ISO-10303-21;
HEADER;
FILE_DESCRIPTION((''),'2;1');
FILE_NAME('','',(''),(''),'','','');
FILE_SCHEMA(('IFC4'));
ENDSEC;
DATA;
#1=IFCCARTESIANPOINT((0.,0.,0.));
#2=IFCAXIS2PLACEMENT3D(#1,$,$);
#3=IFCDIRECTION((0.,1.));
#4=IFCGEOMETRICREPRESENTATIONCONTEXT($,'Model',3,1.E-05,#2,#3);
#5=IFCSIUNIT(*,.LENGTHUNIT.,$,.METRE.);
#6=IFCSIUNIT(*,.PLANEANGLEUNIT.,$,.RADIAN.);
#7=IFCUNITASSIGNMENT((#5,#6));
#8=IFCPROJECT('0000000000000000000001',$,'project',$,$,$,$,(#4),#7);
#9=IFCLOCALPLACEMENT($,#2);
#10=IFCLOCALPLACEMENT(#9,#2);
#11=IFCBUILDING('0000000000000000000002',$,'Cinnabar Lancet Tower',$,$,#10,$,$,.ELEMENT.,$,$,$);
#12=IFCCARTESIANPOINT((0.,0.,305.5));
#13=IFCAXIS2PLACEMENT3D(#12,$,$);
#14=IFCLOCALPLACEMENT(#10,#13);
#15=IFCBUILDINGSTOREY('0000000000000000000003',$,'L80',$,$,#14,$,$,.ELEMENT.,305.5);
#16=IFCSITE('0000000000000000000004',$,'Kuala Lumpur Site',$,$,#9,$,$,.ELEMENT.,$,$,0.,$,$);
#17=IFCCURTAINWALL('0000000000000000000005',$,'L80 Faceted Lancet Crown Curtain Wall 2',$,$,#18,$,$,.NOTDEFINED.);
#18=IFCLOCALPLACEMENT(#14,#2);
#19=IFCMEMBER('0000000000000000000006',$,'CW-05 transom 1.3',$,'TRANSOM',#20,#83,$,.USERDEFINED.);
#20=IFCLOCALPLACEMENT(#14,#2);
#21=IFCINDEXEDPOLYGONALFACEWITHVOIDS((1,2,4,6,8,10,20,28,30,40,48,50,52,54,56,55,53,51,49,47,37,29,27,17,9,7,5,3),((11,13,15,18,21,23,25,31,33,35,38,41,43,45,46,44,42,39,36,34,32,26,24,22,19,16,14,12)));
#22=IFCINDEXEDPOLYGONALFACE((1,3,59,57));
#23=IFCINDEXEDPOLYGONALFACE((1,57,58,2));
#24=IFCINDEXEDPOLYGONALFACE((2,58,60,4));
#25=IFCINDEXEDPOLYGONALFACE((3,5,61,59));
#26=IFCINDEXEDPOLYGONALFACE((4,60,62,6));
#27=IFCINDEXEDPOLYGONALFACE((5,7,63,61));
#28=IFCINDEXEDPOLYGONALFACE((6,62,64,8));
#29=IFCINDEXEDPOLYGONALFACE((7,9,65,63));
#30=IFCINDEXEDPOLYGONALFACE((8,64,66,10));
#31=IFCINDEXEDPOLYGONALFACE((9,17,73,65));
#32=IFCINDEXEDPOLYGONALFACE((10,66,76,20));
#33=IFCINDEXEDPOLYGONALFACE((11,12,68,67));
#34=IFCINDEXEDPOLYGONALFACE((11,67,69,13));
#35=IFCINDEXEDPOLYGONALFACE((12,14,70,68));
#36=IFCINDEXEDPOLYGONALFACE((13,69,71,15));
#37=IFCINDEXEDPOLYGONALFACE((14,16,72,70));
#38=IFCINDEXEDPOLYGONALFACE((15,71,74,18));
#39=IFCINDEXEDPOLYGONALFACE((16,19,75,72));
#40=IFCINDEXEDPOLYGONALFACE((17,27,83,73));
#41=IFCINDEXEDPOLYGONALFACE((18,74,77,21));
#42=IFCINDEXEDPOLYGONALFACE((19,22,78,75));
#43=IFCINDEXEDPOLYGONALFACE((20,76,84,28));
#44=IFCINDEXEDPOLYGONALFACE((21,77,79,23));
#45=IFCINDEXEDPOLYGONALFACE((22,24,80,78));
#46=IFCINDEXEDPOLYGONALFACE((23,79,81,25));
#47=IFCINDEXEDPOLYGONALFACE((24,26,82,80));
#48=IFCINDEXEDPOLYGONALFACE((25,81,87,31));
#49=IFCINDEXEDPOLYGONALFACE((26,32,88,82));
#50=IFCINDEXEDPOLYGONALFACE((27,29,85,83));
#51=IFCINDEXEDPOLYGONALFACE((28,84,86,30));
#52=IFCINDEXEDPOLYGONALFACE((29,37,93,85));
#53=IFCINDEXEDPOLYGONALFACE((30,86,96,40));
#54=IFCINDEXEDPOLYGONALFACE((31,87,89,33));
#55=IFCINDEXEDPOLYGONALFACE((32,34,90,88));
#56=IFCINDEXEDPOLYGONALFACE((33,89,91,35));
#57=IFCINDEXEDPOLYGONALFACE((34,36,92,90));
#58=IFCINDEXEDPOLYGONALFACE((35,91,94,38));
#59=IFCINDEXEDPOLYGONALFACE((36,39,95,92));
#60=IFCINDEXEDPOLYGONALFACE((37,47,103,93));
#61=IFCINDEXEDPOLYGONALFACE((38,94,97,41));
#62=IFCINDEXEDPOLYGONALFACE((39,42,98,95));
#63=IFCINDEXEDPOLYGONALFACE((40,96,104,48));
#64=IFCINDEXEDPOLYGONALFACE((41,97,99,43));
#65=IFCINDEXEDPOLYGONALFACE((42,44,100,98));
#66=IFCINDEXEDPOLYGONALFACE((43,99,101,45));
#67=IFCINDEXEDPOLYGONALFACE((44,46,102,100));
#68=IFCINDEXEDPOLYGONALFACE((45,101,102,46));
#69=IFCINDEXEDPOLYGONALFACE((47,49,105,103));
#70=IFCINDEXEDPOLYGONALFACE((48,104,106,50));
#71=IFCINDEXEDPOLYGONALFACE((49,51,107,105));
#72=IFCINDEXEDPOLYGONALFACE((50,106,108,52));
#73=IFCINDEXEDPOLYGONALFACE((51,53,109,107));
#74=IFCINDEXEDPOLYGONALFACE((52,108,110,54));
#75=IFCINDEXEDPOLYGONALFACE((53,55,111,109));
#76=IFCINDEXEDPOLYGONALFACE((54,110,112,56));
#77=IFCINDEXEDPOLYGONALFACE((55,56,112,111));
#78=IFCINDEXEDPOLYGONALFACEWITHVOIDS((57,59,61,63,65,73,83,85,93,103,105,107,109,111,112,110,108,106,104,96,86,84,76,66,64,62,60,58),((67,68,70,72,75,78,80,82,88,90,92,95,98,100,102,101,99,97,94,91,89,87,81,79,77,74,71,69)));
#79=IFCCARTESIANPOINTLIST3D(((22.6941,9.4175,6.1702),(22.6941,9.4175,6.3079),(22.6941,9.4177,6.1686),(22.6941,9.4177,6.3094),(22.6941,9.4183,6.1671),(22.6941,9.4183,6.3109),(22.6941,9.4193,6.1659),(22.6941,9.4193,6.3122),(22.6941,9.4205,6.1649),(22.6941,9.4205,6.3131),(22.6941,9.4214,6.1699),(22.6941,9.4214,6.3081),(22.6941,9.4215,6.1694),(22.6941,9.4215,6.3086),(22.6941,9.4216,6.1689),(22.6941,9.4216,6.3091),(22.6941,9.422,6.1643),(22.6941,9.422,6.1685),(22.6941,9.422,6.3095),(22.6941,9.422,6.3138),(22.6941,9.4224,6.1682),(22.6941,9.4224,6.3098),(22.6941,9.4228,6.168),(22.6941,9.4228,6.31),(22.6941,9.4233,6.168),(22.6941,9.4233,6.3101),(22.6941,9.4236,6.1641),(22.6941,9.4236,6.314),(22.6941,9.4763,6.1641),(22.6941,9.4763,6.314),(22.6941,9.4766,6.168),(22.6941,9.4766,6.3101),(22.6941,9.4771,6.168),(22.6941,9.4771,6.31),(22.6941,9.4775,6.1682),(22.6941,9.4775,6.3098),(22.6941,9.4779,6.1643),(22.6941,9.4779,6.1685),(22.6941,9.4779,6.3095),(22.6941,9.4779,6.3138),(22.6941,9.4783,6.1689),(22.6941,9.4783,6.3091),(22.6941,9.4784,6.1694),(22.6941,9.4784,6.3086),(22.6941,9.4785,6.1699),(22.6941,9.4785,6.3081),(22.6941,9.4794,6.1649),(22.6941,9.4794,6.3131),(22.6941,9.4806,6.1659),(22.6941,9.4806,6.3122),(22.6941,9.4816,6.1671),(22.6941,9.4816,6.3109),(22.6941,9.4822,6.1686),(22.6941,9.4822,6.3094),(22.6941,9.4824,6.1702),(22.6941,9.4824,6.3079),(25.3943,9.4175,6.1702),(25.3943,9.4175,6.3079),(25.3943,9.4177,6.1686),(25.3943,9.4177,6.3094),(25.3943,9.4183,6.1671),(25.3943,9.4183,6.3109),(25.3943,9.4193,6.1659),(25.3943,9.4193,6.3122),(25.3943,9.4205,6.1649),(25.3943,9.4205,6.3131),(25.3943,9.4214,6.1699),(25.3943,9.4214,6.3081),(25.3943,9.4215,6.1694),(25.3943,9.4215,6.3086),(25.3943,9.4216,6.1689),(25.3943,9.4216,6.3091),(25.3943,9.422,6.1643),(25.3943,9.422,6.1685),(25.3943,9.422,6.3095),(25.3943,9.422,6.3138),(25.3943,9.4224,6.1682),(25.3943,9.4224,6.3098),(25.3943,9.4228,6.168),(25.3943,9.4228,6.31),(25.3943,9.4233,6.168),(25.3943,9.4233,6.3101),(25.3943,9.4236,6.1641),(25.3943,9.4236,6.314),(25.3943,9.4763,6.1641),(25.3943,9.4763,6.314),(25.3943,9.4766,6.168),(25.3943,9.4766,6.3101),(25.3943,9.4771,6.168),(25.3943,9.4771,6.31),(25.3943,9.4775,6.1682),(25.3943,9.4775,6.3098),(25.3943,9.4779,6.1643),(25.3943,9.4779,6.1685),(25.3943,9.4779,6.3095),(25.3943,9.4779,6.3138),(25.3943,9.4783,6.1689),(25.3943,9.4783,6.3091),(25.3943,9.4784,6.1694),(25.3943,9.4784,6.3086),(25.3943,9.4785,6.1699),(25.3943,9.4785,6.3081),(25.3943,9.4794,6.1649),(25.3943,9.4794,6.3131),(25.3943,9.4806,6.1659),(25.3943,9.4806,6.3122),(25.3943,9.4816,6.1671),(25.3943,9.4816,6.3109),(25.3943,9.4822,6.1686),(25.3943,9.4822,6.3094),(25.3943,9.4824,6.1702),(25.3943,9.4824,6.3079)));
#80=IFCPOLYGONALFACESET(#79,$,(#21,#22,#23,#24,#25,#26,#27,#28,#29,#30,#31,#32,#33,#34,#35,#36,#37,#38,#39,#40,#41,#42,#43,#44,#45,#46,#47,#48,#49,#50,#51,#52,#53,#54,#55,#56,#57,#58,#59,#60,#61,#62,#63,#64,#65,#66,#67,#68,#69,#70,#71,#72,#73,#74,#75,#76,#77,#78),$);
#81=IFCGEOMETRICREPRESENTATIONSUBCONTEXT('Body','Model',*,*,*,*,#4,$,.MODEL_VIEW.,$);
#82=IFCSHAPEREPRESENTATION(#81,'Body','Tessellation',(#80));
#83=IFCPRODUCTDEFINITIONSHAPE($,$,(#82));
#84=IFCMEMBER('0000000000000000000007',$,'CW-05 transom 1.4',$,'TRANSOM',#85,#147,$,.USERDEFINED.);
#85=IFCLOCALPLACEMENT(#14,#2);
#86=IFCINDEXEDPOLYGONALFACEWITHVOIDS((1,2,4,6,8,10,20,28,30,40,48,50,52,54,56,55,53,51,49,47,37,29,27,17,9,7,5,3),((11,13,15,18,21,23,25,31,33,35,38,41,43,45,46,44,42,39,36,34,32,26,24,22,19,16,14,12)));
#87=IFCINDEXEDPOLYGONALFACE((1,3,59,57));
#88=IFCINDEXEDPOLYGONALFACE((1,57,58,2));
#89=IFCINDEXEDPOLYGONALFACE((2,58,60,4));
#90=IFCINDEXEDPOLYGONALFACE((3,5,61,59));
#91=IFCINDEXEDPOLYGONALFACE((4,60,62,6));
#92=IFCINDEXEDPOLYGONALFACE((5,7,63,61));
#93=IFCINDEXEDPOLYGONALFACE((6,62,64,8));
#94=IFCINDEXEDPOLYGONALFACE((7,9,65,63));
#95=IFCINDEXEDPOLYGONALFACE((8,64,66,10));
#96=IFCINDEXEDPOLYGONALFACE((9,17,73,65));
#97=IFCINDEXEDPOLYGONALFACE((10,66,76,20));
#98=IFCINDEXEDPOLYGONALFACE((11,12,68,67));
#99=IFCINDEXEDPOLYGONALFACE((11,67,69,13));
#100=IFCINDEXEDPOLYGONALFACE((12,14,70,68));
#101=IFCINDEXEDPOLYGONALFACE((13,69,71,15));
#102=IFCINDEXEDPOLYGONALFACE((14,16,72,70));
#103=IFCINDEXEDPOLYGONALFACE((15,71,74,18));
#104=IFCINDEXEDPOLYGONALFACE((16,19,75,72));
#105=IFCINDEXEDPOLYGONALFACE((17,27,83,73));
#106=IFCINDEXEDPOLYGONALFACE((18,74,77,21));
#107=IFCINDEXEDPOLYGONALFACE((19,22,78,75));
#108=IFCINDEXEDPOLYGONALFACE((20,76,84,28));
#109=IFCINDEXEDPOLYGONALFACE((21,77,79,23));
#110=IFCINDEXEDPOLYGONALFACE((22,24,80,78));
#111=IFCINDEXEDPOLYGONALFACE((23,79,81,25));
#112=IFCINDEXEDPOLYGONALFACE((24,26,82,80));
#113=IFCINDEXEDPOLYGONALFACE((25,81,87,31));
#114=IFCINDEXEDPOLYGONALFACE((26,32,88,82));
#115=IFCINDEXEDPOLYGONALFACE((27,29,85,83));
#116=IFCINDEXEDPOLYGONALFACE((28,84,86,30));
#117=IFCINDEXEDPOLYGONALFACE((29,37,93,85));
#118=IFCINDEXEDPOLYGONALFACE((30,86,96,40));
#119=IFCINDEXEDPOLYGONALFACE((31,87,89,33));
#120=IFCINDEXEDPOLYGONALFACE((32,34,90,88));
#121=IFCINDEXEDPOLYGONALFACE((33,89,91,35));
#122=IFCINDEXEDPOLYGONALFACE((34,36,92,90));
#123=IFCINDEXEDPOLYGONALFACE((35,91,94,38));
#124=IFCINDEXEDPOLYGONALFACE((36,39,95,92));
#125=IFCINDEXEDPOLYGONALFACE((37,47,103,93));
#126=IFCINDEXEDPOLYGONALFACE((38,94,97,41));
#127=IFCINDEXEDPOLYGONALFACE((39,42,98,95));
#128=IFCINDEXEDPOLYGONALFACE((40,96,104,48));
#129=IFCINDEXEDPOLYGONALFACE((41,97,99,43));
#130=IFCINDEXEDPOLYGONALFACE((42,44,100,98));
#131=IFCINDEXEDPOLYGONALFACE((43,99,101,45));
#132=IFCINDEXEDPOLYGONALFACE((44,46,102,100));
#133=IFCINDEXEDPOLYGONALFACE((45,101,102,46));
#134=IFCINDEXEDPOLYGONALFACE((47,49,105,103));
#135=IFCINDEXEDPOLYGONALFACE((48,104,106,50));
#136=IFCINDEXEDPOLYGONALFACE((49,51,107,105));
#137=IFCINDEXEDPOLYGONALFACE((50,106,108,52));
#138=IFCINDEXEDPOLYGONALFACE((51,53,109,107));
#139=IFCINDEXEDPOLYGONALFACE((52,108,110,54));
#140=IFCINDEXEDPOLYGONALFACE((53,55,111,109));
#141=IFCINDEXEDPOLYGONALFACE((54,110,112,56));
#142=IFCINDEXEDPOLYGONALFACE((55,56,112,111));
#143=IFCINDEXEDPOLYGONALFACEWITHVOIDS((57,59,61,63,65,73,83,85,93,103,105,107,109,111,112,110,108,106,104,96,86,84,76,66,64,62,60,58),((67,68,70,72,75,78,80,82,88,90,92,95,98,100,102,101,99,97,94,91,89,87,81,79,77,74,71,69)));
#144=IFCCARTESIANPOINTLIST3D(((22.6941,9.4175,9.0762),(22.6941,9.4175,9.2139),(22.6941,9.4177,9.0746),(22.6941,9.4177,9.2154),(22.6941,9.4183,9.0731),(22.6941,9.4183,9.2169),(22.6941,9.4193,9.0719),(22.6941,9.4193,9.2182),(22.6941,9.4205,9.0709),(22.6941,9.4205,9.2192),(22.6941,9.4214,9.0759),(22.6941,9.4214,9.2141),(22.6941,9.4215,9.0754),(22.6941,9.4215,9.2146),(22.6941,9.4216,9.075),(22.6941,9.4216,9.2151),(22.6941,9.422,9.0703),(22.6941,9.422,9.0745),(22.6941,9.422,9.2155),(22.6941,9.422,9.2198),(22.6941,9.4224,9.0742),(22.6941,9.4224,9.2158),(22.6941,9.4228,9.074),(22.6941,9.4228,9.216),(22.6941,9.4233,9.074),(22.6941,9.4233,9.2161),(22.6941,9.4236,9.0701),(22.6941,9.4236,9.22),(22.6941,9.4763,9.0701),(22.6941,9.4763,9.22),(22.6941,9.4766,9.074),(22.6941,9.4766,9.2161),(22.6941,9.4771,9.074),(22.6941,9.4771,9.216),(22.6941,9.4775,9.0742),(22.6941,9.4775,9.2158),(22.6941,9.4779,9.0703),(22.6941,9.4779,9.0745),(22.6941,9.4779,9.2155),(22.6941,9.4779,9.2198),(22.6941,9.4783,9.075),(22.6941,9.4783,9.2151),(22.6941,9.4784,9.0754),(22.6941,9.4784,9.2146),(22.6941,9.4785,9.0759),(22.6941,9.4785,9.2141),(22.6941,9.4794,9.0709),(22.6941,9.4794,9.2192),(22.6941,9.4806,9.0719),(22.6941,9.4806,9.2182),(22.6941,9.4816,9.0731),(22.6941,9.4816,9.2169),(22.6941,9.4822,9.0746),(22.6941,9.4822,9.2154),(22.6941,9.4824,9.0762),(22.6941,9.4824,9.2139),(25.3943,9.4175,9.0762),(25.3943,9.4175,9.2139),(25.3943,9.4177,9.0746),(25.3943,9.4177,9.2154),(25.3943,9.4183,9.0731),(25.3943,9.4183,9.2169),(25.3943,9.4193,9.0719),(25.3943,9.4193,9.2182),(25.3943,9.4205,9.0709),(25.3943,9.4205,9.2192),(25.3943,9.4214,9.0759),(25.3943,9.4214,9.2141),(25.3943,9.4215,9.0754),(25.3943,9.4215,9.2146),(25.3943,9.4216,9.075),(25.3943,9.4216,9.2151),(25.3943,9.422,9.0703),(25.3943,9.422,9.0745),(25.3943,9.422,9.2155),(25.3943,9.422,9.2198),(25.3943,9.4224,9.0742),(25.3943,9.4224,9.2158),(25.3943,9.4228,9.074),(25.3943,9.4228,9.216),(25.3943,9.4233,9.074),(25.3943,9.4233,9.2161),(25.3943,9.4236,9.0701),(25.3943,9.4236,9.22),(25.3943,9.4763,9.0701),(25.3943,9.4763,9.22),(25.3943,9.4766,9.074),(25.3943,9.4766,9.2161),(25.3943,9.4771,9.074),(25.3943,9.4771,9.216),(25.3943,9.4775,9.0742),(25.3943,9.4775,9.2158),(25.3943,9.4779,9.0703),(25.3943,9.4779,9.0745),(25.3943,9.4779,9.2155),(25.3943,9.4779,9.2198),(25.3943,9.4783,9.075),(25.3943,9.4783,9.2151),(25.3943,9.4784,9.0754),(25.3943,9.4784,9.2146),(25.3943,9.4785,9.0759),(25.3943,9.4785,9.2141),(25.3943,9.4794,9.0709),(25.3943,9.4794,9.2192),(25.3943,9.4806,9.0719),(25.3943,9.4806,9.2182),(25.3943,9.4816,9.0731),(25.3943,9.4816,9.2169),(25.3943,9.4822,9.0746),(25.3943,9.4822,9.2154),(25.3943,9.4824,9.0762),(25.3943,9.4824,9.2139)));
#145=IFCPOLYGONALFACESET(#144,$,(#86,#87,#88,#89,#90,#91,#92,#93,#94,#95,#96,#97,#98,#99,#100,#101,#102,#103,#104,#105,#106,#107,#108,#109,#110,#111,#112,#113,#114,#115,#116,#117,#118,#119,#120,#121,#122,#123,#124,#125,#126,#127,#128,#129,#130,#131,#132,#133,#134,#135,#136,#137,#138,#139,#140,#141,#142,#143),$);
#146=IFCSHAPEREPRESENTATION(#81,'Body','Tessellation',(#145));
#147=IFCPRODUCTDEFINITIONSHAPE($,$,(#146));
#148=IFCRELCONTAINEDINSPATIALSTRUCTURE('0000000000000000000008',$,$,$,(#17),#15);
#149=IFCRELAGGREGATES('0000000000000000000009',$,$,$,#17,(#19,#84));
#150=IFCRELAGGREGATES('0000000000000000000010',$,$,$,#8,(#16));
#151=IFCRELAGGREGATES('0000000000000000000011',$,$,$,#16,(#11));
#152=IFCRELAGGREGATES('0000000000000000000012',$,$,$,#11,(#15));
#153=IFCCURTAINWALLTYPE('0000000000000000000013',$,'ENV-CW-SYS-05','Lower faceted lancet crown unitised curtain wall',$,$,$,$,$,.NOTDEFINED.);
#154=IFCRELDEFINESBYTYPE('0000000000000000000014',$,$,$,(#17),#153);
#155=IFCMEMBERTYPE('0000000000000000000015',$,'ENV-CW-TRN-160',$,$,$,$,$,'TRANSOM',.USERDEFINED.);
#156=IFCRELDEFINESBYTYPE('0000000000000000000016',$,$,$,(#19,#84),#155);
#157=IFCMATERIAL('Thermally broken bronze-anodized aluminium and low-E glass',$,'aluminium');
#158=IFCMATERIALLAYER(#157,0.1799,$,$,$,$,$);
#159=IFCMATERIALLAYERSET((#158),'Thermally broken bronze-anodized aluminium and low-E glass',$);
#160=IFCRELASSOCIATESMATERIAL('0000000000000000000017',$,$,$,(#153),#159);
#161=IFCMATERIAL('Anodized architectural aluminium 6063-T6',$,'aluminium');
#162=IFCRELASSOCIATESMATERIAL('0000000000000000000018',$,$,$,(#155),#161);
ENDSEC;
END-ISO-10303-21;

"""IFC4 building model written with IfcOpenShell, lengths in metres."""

from ifc_helpers import new_model, si_unit, direction, frame, origin, origin_2d, place, context, subcontext, project, spatial, hollow_rectangle, extrude, material, layer, layer_set, material_profile, profile_set, type_object, element, aggregate, save


model = new_model("IFC4")

# Units and contexts
model_context = context("Model", 3, precision=1e-05, world=origin(), true_north=direction((0.0, 1.0)))
body_context = subcontext(model_context, "Body", "Model", "MODEL_VIEW")
ifc_project = project(units=[si_unit("LENGTHUNIT", "METRE"), si_unit("PLANEANGLEUNIT", "RADIAN")], contexts=[model_context])

# Site, building, storey
site_placement = place(None, origin())
site = spatial("IfcSite", under=ifc_project, at=site_placement, Name="Kuala Lumpur Site", CompositionType="ELEMENT", RefElevation=0.0)
building_placement = place(site_placement, origin())
building = spatial("IfcBuilding", under=site, at=building_placement, Name="Cinnabar Lancet Tower", CompositionType="ELEMENT")
storey_placement = place(building_placement, frame((0.0, 0.0, 305.5)))
storey = spatial("IfcBuildingStorey", under=building, at=storey_placement, Name="L80", CompositionType="ELEMENT", Elevation=305.5)

# Curtain wall, members
ifc_material_1 = material(Name="Thermally broken bronze-anodized aluminium and low-E glass", Category="aluminium")
ifc_layer_1 = layer(ifc_material_1, 0.1799)
ifc_layer_set_1 = layer_set([ifc_layer_1], Name="Thermally broken bronze-anodized aluminium and low-E glass")
curtain_wall_type = type_object("IfcCurtainWallType", Name="ENV-CW-SYS-05", Description="Lower faceted lancet crown unitised curtain wall", PredefinedType="NOTDEFINED", material=ifc_layer_set_1)
curtain_wall_placement = place(storey_placement, origin())
curtain_wall = element("IfcCurtainWall", 1, at=curtain_wall_placement, inside=storey, type_object=curtain_wall_type, Name="L80 Faceted Lancet Crown Curtain Wall 2", PredefinedType="NOTDEFINED")
ifc_material_2 = material(Name="Anodized architectural aluminium 6063-T6", Category="aluminium")
ifc_material_profile_1 = material_profile(ifc_material_2, hollow_rectangle(XDim=0.0649, YDim=0.1499, WallThickness=0.0039, InnerFilletRadius=0.002, OuterFilletRadius=0.0061, at=origin_2d()), Name="CW-TRN 150x65x4")
ifc_profile_set_1 = profile_set([ifc_material_profile_1], Name="Anodized architectural aluminium 6063-T6")
member_type_1 = type_object("IfcMemberType", Name="ENV-CW-TRN-160", ElementType="TRANSOM", PredefinedType="USERDEFINED", material=ifc_profile_set_1)
member_1_placement = place(storey_placement, frame((22.6941, 9.45, 6.239), z_axis=(1.0, 0.0, 0.0), x_axis=(0.0, 1.0, 0.0)))
member_1 = element("IfcMember", 2, at=member_1_placement, type_object=member_type_1, Name="CW-05 transom 1.3", ObjectType="TRANSOM", PredefinedType="USERDEFINED", context=body_context, shape_type="SweptSolid", body=[
    extrude(hollow_rectangle(XDim=0.0649, YDim=0.1499, WallThickness=0.0039, InnerFilletRadius=0.002, OuterFilletRadius=0.0061, at=origin_2d()), origin(), (0.0, 0.0, 1.0), 2.7002),
])
member_2_placement = place(storey_placement, frame((22.6941, 9.45, 9.145), z_axis=(1.0, 0.0, 0.0), x_axis=(0.0, 1.0, 0.0)))
member_2 = element("IfcMember", 3, at=member_2_placement, type_object=member_type_1, Name="CW-05 transom 1.4", ObjectType="TRANSOM", PredefinedType="USERDEFINED", context=body_context, shape_type="SweptSolid", body=[
    extrude(hollow_rectangle(XDim=0.0649, YDim=0.1499, WallThickness=0.0039, InnerFilletRadius=0.002, OuterFilletRadius=0.0061, at=origin_2d()), origin(), (0.0, 0.0, 1.0), 2.7002),
])
aggregate(curtain_wall, [member_1, member_2])

save(model, "model.ifc")
